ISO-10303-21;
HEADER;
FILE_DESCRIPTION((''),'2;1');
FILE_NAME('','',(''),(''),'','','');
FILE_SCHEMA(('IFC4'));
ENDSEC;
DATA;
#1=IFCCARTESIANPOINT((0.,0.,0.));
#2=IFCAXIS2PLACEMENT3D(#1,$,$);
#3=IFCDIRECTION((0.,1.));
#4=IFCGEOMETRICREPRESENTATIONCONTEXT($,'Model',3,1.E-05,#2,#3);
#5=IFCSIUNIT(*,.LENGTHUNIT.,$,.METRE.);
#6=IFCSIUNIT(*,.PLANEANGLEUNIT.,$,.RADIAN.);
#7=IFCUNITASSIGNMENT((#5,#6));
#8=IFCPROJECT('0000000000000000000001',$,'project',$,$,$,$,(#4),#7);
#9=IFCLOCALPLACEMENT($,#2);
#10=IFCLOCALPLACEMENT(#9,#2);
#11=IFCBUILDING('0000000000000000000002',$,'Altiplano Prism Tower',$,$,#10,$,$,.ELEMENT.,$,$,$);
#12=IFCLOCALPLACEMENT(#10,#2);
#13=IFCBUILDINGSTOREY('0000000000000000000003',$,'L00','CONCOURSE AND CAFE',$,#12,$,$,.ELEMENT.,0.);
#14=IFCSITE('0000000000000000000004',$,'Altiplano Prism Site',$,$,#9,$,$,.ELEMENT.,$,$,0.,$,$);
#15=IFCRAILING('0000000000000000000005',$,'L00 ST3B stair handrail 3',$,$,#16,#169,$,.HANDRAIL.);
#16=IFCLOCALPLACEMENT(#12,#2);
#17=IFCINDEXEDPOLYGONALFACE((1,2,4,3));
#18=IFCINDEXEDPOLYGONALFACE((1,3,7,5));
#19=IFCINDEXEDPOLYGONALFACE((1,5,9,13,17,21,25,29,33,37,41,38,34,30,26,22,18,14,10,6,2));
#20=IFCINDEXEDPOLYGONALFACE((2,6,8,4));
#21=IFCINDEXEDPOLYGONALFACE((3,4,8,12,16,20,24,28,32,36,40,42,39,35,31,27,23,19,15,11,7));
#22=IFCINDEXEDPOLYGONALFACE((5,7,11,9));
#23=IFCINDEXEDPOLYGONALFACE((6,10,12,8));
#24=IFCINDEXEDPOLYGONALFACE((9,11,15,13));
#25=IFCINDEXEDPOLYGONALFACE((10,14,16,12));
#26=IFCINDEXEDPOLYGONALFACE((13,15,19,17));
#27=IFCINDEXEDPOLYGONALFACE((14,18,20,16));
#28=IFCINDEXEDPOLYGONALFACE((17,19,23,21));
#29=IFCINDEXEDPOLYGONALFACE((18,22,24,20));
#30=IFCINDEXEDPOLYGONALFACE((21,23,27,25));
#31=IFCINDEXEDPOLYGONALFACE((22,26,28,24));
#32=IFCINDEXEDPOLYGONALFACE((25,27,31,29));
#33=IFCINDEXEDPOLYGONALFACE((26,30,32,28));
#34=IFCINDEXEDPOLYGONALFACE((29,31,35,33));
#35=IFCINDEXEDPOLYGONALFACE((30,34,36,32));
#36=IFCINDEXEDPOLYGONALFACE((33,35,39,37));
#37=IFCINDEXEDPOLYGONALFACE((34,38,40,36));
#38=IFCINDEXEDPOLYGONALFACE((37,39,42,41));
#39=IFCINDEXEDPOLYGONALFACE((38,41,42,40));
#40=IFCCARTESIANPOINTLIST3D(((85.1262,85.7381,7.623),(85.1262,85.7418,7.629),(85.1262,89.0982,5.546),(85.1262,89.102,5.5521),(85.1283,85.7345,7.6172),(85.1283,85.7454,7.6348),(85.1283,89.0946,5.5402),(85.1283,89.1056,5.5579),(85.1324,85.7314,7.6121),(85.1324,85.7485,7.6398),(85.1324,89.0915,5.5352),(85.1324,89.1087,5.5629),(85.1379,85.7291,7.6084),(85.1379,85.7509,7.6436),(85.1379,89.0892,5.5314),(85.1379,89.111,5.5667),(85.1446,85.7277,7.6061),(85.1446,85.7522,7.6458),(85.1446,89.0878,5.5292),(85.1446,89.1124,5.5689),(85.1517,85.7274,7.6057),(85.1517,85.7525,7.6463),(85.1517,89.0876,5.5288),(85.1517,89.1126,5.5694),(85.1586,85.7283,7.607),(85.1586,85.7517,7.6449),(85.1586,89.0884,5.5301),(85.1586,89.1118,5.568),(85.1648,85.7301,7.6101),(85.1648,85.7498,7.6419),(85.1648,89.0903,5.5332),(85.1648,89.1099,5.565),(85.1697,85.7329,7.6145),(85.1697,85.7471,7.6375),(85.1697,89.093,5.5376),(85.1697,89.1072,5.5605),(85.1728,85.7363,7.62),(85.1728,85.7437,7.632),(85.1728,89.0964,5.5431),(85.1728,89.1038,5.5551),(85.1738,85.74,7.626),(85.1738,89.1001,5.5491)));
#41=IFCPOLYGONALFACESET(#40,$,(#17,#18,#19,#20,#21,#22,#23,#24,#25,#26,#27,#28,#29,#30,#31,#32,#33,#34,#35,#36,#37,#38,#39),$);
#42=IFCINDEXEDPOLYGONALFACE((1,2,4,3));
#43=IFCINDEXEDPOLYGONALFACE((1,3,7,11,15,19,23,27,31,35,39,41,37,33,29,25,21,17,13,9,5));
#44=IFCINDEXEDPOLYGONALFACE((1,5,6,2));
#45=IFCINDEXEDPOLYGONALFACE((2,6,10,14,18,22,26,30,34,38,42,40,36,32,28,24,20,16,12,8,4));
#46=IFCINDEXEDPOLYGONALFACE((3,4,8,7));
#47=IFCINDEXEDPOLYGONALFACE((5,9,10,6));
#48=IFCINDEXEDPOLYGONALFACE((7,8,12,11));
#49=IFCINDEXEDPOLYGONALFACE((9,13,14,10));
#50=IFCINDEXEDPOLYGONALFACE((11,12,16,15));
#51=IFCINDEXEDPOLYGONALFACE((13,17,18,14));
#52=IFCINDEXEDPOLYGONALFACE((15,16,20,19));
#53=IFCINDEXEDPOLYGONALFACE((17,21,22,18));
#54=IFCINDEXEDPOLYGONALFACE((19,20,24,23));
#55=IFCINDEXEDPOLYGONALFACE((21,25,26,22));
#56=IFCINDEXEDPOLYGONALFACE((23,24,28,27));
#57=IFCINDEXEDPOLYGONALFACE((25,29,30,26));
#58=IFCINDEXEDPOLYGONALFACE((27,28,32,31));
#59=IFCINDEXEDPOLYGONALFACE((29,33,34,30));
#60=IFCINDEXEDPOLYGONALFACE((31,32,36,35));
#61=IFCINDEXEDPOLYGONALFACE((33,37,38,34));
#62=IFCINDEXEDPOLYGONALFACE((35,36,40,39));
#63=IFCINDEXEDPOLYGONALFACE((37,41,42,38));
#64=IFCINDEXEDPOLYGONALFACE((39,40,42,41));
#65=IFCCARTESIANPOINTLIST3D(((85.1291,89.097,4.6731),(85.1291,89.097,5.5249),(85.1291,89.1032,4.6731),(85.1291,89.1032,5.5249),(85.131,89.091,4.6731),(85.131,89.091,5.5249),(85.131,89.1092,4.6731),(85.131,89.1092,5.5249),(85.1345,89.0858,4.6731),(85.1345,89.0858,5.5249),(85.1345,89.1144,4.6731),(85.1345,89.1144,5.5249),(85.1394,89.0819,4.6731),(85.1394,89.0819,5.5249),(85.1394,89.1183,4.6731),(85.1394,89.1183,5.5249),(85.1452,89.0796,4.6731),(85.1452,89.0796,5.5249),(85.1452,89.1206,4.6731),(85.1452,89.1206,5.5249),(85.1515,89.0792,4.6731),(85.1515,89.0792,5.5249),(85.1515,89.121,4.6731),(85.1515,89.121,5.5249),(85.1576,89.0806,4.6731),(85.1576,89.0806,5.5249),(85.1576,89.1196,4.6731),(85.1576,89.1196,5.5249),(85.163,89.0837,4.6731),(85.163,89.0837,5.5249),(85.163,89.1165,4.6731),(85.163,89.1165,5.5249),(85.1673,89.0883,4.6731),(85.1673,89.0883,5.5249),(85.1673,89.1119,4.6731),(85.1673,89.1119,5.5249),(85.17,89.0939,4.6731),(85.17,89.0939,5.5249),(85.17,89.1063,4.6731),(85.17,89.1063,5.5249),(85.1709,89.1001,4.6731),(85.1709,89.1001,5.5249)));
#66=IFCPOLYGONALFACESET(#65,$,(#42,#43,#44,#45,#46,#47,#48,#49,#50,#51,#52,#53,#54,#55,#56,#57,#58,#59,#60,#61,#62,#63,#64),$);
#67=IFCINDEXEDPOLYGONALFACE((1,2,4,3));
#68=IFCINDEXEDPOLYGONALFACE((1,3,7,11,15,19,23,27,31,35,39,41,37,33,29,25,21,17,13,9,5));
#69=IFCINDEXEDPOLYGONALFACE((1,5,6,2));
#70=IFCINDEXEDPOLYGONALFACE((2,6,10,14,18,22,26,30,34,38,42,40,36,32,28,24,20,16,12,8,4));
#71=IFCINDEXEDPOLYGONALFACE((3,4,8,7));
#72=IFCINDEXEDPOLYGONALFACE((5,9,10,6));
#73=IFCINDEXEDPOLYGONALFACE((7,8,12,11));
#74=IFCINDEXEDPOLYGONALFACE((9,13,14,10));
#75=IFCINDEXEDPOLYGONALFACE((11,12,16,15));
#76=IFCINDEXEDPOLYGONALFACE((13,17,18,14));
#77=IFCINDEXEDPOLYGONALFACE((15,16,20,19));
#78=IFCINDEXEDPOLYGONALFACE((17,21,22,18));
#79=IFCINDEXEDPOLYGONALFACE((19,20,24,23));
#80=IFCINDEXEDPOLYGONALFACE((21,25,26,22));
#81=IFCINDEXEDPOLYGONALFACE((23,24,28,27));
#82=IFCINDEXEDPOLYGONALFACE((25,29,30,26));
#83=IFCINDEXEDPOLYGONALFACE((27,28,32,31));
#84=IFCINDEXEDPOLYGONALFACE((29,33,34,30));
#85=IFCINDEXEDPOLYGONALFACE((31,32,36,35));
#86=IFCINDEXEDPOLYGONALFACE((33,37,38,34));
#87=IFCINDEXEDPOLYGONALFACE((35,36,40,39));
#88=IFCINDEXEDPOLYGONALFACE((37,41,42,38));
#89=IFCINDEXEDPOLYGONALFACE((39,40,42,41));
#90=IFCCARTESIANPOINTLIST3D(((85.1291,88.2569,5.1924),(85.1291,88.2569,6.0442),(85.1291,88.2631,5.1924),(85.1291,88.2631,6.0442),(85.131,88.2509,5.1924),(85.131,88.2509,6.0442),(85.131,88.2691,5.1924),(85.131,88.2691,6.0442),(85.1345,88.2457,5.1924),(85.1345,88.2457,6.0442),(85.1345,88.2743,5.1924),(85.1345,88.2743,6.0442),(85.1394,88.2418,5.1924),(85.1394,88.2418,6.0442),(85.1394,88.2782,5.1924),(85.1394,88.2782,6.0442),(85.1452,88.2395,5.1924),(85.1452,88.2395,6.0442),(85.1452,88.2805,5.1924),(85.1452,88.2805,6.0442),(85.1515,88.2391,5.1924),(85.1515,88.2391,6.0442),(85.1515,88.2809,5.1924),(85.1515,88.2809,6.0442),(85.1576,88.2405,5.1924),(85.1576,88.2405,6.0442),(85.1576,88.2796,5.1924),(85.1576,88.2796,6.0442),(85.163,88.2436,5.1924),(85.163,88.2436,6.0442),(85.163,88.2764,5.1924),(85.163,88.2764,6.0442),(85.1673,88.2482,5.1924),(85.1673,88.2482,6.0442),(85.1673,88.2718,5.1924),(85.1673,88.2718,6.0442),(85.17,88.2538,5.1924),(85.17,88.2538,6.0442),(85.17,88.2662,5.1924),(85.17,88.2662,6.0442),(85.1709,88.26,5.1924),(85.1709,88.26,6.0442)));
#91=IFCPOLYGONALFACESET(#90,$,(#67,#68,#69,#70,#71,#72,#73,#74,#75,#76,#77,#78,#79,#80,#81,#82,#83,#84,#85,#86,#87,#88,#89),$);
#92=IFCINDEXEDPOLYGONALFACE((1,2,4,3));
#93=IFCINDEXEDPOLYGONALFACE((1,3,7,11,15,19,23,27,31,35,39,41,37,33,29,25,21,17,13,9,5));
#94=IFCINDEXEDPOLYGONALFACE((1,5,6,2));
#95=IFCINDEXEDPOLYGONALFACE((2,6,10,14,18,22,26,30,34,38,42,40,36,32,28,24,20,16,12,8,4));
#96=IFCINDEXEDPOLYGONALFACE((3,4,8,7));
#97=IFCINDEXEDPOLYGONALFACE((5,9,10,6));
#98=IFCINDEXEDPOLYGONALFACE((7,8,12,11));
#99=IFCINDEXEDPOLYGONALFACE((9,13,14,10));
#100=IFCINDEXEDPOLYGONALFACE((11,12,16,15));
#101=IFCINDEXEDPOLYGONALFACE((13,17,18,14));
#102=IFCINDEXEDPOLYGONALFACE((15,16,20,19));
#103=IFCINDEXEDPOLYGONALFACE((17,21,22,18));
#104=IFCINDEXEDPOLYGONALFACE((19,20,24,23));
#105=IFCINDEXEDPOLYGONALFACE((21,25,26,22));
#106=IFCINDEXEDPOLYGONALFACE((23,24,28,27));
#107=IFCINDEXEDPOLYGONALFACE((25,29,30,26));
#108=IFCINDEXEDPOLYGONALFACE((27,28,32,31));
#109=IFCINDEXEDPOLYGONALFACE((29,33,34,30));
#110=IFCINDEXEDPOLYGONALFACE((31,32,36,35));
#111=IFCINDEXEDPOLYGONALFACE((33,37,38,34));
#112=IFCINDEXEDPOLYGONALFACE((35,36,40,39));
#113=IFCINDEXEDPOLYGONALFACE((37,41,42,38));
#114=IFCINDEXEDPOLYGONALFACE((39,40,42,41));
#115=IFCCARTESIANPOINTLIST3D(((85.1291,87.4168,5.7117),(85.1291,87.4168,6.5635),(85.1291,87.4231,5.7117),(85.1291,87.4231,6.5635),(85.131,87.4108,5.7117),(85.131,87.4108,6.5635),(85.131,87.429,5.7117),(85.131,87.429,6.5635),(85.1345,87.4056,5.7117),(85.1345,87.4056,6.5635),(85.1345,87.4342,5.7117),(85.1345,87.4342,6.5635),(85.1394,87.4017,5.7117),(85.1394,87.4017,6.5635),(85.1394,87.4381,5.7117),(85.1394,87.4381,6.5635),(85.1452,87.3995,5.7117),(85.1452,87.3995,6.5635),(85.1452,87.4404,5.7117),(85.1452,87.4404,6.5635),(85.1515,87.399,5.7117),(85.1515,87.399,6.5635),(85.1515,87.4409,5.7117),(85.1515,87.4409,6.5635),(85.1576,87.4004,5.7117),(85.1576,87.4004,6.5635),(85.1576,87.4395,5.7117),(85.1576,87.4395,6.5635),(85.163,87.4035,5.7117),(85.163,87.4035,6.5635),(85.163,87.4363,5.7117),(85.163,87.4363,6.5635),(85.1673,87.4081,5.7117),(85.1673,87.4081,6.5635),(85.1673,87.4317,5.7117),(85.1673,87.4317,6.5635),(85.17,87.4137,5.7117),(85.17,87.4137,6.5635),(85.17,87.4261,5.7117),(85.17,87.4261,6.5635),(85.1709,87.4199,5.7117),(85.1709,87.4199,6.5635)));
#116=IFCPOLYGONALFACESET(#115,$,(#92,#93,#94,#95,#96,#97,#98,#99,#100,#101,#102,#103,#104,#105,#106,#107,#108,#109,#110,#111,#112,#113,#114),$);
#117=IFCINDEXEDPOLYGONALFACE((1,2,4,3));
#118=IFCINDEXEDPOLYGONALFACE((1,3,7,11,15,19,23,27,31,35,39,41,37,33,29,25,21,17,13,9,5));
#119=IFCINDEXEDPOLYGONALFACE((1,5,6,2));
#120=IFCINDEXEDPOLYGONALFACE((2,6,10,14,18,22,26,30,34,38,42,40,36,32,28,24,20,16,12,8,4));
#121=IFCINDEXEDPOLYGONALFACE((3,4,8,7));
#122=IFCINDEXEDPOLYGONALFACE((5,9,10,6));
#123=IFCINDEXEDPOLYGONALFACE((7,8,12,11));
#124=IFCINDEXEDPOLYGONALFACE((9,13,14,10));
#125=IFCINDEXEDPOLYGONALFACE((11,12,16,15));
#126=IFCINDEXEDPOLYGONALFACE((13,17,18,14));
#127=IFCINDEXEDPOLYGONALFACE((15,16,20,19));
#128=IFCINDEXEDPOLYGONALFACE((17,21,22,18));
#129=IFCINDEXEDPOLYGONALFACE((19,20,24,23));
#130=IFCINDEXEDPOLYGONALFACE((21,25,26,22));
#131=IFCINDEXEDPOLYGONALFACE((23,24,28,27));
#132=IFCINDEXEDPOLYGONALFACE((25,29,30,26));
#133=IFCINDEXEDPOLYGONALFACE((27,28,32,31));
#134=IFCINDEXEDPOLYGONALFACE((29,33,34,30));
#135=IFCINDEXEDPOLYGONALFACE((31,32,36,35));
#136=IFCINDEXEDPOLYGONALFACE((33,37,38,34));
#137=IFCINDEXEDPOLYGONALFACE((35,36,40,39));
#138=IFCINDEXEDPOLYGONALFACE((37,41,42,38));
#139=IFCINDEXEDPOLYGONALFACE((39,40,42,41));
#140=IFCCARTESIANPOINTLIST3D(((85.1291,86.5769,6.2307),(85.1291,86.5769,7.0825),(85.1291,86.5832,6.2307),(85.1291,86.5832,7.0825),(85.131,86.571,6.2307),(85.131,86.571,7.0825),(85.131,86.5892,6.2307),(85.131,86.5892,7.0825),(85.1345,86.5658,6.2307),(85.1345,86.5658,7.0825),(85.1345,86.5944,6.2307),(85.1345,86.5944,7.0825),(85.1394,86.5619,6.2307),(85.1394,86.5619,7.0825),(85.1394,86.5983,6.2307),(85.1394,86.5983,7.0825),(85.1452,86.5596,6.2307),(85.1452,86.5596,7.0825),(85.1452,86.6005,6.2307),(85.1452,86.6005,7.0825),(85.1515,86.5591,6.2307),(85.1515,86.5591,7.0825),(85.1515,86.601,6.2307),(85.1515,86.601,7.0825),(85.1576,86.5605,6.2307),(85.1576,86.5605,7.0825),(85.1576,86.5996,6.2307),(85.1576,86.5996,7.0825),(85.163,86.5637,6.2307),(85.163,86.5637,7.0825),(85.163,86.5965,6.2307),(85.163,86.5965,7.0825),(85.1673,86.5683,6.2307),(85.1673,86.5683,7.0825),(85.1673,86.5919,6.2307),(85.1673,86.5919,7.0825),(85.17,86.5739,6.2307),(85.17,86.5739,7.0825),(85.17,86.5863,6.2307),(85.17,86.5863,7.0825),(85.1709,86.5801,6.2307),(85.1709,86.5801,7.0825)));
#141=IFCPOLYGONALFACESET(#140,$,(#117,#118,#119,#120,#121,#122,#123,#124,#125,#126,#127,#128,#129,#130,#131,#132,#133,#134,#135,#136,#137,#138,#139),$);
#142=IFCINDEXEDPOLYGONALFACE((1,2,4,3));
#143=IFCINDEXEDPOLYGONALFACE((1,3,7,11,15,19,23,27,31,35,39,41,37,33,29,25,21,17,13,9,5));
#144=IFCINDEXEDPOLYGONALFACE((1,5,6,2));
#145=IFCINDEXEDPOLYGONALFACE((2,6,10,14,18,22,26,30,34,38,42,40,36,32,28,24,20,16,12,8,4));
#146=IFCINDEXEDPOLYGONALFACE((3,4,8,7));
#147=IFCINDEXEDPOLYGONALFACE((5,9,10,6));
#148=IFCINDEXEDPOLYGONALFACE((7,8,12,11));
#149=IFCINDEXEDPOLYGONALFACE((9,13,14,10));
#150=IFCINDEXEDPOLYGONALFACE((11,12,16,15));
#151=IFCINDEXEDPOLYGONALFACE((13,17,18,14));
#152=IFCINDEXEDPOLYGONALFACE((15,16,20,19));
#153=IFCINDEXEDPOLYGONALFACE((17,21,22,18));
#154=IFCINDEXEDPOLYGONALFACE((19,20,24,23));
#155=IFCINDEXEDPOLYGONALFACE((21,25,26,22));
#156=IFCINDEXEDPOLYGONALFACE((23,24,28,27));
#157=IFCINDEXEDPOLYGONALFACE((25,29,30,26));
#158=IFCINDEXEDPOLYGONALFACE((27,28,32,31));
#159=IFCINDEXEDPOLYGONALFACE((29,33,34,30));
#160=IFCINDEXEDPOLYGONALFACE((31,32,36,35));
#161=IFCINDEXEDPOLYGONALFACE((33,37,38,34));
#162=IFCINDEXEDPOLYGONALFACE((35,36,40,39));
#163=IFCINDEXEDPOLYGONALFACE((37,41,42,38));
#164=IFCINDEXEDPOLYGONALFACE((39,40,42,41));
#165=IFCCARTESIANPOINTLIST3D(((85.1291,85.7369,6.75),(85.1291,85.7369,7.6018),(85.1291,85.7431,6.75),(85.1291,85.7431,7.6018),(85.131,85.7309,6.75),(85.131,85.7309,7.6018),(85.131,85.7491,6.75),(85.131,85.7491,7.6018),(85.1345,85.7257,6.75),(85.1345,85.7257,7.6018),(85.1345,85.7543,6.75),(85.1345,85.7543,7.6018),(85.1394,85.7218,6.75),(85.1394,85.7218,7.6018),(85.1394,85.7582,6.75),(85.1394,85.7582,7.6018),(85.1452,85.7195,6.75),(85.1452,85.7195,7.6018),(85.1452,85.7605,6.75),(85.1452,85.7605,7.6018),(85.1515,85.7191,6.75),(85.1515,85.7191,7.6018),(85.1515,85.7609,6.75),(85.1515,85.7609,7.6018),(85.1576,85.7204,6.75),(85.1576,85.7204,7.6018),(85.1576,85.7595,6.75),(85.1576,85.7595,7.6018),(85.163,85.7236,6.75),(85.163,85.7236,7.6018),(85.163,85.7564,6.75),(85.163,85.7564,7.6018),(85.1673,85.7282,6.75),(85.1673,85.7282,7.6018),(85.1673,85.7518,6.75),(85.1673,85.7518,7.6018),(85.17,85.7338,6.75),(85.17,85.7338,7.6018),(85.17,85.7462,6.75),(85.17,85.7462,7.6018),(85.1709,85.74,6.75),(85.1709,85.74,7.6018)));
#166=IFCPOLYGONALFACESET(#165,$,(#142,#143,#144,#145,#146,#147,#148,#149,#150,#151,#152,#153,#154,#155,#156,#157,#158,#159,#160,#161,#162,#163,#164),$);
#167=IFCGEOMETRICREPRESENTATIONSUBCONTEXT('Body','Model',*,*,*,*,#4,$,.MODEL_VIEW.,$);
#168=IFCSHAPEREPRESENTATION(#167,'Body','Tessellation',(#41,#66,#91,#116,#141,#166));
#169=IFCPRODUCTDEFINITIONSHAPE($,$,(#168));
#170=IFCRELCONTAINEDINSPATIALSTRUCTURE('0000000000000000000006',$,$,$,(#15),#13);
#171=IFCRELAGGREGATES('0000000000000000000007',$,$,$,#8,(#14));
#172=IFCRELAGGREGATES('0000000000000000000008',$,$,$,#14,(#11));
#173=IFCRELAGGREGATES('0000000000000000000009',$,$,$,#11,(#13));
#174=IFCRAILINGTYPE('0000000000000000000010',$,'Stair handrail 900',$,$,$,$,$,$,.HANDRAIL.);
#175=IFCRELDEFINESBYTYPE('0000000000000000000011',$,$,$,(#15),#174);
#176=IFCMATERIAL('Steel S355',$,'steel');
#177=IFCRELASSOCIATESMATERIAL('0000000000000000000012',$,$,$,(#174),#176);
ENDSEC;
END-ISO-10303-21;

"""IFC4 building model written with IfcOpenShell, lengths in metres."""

from ifc_helpers import new_model, si_unit, direction, frame, origin, origin_2d, place, context, subcontext, project, spatial, circle, extrude, material, type_object, element, save


model = new_model("IFC4")

# Units and contexts
model_context = context("Model", 3, precision=1e-05, world=origin(), true_north=direction((0.0, 1.0)))
body_context = subcontext(model_context, "Body", "Model", "MODEL_VIEW")
ifc_project = project(units=[si_unit("LENGTHUNIT", "METRE"), si_unit("PLANEANGLEUNIT", "RADIAN")], contexts=[model_context])

# Site, building, storey
site_placement = place(None, origin())
site = spatial("IfcSite", under=ifc_project, at=site_placement, Name="Altiplano Prism Site", CompositionType="ELEMENT", RefElevation=0.0)
building_placement = place(site_placement, origin())
building = spatial("IfcBuilding", under=site, at=building_placement, Name="Altiplano Prism Tower", CompositionType="ELEMENT")
storey_placement = place(building_placement, origin())
storey = spatial("IfcBuildingStorey", under=building, at=storey_placement, Name="L00", Description="CONCOURSE AND CAFE", CompositionType="ELEMENT", Elevation=0.0)

# Railing
ifc_material_1 = material(Name="Steel S355", Category="steel")
railing_type_1 = type_object("IfcRailingType", Name="Stair handrail 900", PredefinedType="HANDRAIL", material=ifc_material_1)
railing_1_placement = place(storey_placement, frame((85.1499, 89.1001, 4.6731)))
element("IfcRailing", 1, at=railing_1_placement, inside=storey, type_object=railing_type_1, Name="L00 ST3B stair handrail 3", PredefinedType="HANDRAIL", context=body_context, shape_type="SweptSolid", body=[
    extrude(circle(Radius=0.0239, at=origin_2d()), frame((0.0, 0.0, 0.876), z_axis=(0.0, -0.850623, 0.525776), x_axis=(1.0, 0.0, 0.0)), (0.0, 0.0, 1.0), 3.9502),
    extrude(circle(Radius=0.021, at=origin_2d()), origin(), (0.0, 0.0, 1.0), 0.8518),
    extrude(circle(Radius=0.021, at=origin_2d()), frame((0.0, -0.8401, 0.5193)), (0.0, 0.0, 1.0), 0.8518),
    extrude(circle(Radius=0.021, at=origin_2d()), frame((0.0, -1.6802, 1.0386)), (0.0, 0.0, 1.0), 0.8518),
    extrude(circle(Radius=0.021, at=origin_2d()), frame((0.0, -2.52, 1.5576)), (0.0, 0.0, 1.0), 0.8518),
    extrude(circle(Radius=0.021, at=origin_2d()), frame((0.0, -3.3601, 2.0769)), (0.0, 0.0, 1.0), 0.8518),
])

save(model, "model.ifc")
